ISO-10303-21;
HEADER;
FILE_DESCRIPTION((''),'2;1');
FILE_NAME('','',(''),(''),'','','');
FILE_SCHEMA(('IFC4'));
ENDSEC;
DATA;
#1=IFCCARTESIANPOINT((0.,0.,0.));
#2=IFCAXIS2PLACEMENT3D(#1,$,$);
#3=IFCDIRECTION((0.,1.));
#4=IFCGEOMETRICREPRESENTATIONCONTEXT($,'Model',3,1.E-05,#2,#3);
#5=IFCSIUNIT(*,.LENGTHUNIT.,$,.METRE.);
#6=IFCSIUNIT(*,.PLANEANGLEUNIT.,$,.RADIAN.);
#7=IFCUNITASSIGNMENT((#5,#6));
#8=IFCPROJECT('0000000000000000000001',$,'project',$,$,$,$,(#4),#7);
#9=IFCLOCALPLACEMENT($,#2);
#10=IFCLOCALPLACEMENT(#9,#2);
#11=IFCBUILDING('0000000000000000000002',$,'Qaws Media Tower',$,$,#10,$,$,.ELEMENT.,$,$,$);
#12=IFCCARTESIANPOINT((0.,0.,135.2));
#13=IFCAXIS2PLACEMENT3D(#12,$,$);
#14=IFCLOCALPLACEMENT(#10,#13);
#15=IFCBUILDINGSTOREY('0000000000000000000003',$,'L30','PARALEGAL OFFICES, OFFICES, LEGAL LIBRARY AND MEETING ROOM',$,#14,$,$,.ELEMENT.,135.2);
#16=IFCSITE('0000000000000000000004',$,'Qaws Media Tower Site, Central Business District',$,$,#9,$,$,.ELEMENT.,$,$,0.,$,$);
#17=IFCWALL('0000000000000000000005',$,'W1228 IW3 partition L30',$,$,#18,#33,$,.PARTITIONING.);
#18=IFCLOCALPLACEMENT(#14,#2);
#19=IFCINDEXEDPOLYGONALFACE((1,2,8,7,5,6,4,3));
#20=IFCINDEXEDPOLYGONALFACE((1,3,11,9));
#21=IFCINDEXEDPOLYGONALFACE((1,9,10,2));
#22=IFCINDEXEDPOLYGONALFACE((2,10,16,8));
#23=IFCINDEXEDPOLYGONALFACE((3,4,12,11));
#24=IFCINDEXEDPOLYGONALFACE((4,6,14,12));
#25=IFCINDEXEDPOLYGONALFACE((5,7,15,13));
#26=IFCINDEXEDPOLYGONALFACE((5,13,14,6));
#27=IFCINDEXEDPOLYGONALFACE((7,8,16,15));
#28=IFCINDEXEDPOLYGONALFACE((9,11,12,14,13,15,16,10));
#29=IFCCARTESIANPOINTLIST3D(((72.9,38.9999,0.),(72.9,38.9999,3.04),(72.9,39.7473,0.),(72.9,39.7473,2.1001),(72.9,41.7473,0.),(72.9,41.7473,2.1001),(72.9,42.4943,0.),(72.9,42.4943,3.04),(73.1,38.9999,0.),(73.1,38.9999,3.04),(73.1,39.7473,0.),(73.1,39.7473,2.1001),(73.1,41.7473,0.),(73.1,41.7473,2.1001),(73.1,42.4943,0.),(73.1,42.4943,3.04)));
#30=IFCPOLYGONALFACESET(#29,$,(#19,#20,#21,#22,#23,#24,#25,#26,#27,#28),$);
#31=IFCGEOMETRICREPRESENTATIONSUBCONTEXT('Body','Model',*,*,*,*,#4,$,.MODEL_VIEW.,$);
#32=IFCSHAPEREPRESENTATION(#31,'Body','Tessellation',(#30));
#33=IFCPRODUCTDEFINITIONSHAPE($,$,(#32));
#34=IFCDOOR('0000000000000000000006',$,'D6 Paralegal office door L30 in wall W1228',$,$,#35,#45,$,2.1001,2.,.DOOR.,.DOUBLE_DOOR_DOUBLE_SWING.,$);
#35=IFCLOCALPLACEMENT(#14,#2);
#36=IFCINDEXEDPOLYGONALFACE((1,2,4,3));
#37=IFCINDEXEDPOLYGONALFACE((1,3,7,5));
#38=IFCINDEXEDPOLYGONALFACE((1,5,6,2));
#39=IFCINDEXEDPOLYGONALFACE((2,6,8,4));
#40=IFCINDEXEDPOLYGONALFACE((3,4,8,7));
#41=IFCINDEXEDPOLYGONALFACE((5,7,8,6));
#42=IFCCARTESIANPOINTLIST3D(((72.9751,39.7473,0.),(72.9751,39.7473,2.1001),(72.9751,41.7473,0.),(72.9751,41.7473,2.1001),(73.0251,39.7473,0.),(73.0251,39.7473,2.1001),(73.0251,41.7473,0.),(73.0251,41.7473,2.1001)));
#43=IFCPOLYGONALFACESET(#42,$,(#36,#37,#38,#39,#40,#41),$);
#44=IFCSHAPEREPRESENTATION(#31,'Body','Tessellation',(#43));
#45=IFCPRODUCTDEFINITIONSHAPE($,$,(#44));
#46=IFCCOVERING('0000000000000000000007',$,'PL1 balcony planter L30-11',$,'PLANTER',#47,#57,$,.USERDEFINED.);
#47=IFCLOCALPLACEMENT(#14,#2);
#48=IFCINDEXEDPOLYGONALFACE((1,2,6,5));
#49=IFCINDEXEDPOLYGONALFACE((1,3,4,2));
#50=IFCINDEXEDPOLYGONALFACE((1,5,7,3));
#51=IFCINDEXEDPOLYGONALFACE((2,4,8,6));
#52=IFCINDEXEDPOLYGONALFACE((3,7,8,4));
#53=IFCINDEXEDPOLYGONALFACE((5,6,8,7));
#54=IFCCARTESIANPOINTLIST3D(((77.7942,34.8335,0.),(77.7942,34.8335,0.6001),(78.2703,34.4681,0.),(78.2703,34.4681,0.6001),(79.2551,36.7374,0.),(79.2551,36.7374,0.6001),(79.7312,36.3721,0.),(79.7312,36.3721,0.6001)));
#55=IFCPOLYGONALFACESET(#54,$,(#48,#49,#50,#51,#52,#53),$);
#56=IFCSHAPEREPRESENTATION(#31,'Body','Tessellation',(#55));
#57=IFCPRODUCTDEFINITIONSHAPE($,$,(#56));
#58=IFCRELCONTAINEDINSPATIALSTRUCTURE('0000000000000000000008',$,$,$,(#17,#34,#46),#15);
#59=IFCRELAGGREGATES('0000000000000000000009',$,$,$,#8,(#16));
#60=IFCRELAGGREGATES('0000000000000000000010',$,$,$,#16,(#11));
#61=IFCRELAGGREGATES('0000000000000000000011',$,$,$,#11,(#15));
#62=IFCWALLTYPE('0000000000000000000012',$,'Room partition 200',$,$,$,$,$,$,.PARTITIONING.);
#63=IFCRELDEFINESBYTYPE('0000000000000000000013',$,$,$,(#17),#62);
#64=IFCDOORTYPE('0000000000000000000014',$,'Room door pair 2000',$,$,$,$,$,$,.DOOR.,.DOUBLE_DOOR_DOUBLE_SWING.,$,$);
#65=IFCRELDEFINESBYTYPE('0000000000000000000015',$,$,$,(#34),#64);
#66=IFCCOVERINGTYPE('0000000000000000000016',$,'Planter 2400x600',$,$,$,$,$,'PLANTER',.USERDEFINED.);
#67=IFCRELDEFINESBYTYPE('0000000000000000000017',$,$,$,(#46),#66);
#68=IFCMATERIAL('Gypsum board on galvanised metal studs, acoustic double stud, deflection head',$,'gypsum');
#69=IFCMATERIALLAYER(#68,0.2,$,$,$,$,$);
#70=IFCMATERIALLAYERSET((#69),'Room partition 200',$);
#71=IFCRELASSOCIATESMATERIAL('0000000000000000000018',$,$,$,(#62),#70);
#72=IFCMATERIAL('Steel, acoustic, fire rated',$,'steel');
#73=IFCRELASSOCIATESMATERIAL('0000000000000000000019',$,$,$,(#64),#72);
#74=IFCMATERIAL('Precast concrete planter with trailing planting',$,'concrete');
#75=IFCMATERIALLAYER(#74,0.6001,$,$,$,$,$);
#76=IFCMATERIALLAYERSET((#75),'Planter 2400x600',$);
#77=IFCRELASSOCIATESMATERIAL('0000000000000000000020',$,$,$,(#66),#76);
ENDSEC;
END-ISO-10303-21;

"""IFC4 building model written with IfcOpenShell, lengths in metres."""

from ifc_helpers import new_model, si_unit, direction, frame, frame_2d, origin, origin_2d, place, context, subcontext, project, spatial, rectangle, extrude, material, layer, layer_set, type_object, element, fill, save


model = new_model("IFC4")

# Units and contexts
model_context = context("Model", 3, precision=1e-05, world=origin(), true_north=direction((0.0, 1.0)))
body_context = subcontext(model_context, "Body", "Model", "MODEL_VIEW")
ifc_project = project(units=[si_unit("LENGTHUNIT", "METRE"), si_unit("PLANEANGLEUNIT", "RADIAN")], contexts=[model_context])

# Site, building, storey
site_placement = place(None, origin())
site = spatial("IfcSite", under=ifc_project, at=site_placement, Name="Qaws Media Tower Site, Central Business District", CompositionType="ELEMENT", RefElevation=0.0)
building_placement = place(site_placement, origin())
building = spatial("IfcBuilding", under=site, at=building_placement, Name="Qaws Media Tower", CompositionType="ELEMENT")
storey_placement = place(building_placement, frame((0.0, 0.0, 135.2)))
storey = spatial("IfcBuildingStorey", under=building, at=storey_placement, Name="L30", Description="PARALEGAL OFFICES, OFFICES, LEGAL LIBRARY AND MEETING ROOM", CompositionType="ELEMENT", Elevation=135.2)

# Shared definitions
ifc_material_1 = material(Name="Gypsum board on galvanised metal studs, acoustic double stud, deflection head", Category="gypsum")
ifc_layer_1 = layer(ifc_material_1, 0.2)
ifc_layer_set_1 = layer_set([ifc_layer_1], Name="Room partition 200")
wall_type = type_object("IfcWallType", Name="Room partition 200", PredefinedType="PARTITIONING", material=ifc_layer_set_1)

# Wall, opening, door
wall_1_placement = place(storey_placement, frame((73.0, 39.0, 0.0), z_axis=(0.0, 0.0, 1.0), x_axis=(0.0, 1.0, 0.0)))
wall_1 = element("IfcWall", 1, at=wall_1_placement, inside=storey, type_object=wall_type, Name="W1228 IW3 partition L30", PredefinedType="PARTITIONING", context=body_context, shape_type="SweptSolid", body=[
    extrude(rectangle(XDim=3.4944, YDim=0.2, at=frame_2d((1.7471, 0.0))), origin(), (0.0, 0.0, 1.0), 3.04),
])
opening_placement = place(wall_1_placement, frame((0.7473, 0.0, 0.0)))
opening = element("IfcOpeningElement", 2, at=opening_placement, cuts=wall_1, PredefinedType="OPENING", context=body_context, shape_type="SweptSolid", body=[
    extrude(rectangle(XDim=2.0, YDim=2.1001, at=frame_2d((1.0, 1.05))), frame((0.0, 0.1099, 0.0), z_axis=(0.0, -1.0, 0.0), x_axis=(1.0, 0.0, 0.0)), (0.0, 0.0, 1.0), 0.22),
])
ifc_material_2 = material(Name="Steel, acoustic, fire rated", Category="steel")
door_type = type_object("IfcDoorType", Name="Room door pair 2000", OperationType="DOUBLE_DOOR_DOUBLE_SWING", PredefinedType="DOOR", material=ifc_material_2)
door_placement = place(opening_placement, origin())
door = element("IfcDoor", 3, at=door_placement, inside=storey, type_object=door_type, Name="D6 Paralegal office door L30 in wall W1228", OperationType="DOUBLE_DOOR_DOUBLE_SWING", OverallHeight=2.1001, OverallWidth=2.0, PredefinedType="DOOR", context=body_context, shape_type="SweptSolid", body=[
    extrude(rectangle(XDim=2.0, YDim=2.1001, at=frame_2d((1.0, 1.05))), frame((0.0, 0.0249, 0.0), z_axis=(0.0, -1.0, 0.0), x_axis=(1.0, 0.0, 0.0)), (0.0, 0.0, 1.0), 0.05),
])
fill(opening, door)

# Covering
ifc_material_3 = material(Name="Precast concrete planter with trailing planting", Category="concrete")
ifc_layer_2 = layer(ifc_material_3, 0.6001)
ifc_layer_set_2 = layer_set([ifc_layer_2], Name="Planter 2400x600")
covering_type = type_object("IfcCoveringType", Name="Planter 2400x600", ElementType="PLANTER", PredefinedType="USERDEFINED", material=ifc_layer_set_2)
covering_placement = place(storey_placement, frame((78.7627, 35.6028, 0.0), z_axis=(0.0, 0.0, 1.0), x_axis=(0.608761, 0.793353, 0.0)))
element("IfcCovering", 4, at=covering_placement, inside=storey, type_object=covering_type, Name="PL1 balcony planter L30-11", ObjectType="PLANTER", PredefinedType="USERDEFINED", context=body_context, shape_type="SweptSolid", body=[
    extrude(rectangle(XDim=2.3999, YDim=0.6001, at=origin_2d()), origin(), (0.0, 0.0, 1.0), 0.6001),
])

save(model, "model.ifc")
